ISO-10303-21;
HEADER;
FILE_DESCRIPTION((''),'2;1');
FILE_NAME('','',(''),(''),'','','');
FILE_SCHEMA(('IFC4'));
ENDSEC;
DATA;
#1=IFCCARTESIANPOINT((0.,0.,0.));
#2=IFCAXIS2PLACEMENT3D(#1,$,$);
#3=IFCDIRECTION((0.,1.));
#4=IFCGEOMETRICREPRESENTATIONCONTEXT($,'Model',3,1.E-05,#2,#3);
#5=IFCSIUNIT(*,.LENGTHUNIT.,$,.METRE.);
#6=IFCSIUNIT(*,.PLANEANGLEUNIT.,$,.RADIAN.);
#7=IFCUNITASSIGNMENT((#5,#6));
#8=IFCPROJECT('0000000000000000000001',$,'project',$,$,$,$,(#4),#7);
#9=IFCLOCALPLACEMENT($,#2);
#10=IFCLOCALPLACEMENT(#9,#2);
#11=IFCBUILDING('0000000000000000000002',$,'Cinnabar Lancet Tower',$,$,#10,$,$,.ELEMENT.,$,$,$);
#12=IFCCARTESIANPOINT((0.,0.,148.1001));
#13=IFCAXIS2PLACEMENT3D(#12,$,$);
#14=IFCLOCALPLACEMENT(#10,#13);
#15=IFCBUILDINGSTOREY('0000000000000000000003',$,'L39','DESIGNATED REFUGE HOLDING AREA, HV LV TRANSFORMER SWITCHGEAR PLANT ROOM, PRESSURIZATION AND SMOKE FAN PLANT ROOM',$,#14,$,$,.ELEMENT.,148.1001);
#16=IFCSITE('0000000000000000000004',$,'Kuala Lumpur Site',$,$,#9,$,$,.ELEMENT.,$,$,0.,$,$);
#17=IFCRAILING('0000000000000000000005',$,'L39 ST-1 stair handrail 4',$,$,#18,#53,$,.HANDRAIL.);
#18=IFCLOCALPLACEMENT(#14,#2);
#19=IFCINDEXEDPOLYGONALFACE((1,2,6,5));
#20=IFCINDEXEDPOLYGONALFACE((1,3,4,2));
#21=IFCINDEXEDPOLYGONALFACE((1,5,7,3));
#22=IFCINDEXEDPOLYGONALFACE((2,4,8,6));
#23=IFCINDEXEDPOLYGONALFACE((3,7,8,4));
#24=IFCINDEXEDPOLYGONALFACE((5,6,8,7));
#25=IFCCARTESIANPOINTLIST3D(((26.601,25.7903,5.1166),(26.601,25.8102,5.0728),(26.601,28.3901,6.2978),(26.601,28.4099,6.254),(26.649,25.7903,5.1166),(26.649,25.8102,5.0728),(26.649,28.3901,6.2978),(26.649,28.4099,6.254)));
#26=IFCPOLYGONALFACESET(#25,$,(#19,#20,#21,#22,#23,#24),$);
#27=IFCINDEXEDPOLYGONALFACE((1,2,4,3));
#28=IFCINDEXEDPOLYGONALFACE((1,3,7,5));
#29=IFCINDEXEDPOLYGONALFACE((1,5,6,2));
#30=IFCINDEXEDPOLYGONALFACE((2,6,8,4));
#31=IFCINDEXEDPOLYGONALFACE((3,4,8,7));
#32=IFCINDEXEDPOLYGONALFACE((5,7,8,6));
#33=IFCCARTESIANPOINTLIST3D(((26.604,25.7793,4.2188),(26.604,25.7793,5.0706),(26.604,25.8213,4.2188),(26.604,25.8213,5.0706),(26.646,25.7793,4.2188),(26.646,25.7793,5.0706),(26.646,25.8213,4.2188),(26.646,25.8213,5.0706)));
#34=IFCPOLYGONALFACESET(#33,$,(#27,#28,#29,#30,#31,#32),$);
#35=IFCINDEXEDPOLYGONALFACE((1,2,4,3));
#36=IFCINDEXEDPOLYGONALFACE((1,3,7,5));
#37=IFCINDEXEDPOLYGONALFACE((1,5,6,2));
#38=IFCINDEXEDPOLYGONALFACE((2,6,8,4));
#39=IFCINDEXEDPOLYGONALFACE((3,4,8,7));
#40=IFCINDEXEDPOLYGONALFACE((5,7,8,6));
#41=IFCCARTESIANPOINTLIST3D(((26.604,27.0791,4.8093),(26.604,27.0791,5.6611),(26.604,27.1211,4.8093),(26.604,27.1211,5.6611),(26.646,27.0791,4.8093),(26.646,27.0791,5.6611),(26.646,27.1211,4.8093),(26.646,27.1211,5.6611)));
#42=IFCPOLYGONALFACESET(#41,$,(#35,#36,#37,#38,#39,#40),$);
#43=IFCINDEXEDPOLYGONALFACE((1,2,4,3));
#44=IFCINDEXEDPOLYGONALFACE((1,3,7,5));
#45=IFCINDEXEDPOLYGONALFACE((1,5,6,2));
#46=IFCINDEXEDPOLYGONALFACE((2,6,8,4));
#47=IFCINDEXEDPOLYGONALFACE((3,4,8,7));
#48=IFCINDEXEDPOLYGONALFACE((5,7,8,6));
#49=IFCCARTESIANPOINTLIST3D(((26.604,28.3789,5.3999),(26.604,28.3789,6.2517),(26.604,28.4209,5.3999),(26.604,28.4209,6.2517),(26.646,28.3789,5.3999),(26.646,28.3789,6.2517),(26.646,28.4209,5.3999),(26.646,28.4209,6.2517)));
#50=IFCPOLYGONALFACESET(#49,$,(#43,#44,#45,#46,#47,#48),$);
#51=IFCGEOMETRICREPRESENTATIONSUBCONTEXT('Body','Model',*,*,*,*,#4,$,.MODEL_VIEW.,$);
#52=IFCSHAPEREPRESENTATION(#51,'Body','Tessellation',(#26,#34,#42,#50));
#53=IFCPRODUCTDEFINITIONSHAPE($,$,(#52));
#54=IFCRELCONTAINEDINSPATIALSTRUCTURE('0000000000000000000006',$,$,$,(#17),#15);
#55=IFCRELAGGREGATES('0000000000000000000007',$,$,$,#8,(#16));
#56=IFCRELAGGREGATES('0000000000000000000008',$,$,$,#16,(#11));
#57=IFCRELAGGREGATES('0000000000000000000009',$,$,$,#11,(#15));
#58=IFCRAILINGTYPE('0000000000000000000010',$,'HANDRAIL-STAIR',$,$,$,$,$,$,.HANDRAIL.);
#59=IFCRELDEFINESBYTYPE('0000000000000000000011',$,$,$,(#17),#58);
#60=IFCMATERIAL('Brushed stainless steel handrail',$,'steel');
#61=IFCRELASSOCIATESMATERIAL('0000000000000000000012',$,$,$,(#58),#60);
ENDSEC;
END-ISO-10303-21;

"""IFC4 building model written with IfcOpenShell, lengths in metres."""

from ifc_helpers import new_model, si_unit, direction, frame, origin, origin_2d, place, context, subcontext, project, spatial, rectangle, extrude, material, type_object, element, save


model = new_model("IFC4")

# Units and contexts
model_context = context("Model", 3, precision=1e-05, world=origin(), true_north=direction((0.0, 1.0)))
body_context = subcontext(model_context, "Body", "Model", "MODEL_VIEW")
ifc_project = project(units=[si_unit("LENGTHUNIT", "METRE"), si_unit("PLANEANGLEUNIT", "RADIAN")], contexts=[model_context])

# Site, building, storey
site_placement = place(None, origin())
site = spatial("IfcSite", under=ifc_project, at=site_placement, Name="Kuala Lumpur Site", CompositionType="ELEMENT", RefElevation=0.0)
building_placement = place(site_placement, origin())
building = spatial("IfcBuilding", under=site, at=building_placement, Name="Cinnabar Lancet Tower", CompositionType="ELEMENT")
storey_placement = place(building_placement, frame((0.0, 0.0, 148.1001)))
storey = spatial("IfcBuildingStorey", under=building, at=storey_placement, Name="L39", Description="DESIGNATED REFUGE HOLDING AREA, HV LV TRANSFORMER SWITCHGEAR PLANT ROOM, PRESSURIZATION AND SMOKE FAN PLANT ROOM", CompositionType="ELEMENT", Elevation=148.1001)

# Railing
ifc_material_1 = material(Name="Brushed stainless steel handrail", Category="steel")
railing_type_1 = type_object("IfcRailingType", Name="HANDRAIL-STAIR", PredefinedType="HANDRAIL", material=ifc_material_1)
railing_1_placement = place(storey_placement, frame((26.625, 25.8003, 4.2188)))
element("IfcRailing", 1, at=railing_1_placement, inside=storey, type_object=railing_type_1, Name="L39 ST-1 stair handrail 4", PredefinedType="HANDRAIL", context=body_context, shape_type="SweptSolid", body=[
    extrude(rectangle(XDim=0.0481, YDim=0.0481, at=origin_2d()), frame((0.0, 0.0, 0.876), z_axis=(0.0, 0.910431, 0.413661), x_axis=(-1.0, 0.0, 0.0)), (0.0, 0.0, 1.0), 2.8555),
    extrude(rectangle(XDim=0.042, YDim=0.042, at=origin_2d()), origin(), (0.0, 0.0, 1.0), 0.8518),
    extrude(rectangle(XDim=0.042, YDim=0.042, at=origin_2d()), frame((0.0, 1.2998, 0.5906)), (0.0, 0.0, 1.0), 0.8518),
    extrude(rectangle(XDim=0.042, YDim=0.042, at=origin_2d()), frame((0.0, 2.5996, 1.1812)), (0.0, 0.0, 1.0), 0.8518),
])

save(model, "model.ifc")
